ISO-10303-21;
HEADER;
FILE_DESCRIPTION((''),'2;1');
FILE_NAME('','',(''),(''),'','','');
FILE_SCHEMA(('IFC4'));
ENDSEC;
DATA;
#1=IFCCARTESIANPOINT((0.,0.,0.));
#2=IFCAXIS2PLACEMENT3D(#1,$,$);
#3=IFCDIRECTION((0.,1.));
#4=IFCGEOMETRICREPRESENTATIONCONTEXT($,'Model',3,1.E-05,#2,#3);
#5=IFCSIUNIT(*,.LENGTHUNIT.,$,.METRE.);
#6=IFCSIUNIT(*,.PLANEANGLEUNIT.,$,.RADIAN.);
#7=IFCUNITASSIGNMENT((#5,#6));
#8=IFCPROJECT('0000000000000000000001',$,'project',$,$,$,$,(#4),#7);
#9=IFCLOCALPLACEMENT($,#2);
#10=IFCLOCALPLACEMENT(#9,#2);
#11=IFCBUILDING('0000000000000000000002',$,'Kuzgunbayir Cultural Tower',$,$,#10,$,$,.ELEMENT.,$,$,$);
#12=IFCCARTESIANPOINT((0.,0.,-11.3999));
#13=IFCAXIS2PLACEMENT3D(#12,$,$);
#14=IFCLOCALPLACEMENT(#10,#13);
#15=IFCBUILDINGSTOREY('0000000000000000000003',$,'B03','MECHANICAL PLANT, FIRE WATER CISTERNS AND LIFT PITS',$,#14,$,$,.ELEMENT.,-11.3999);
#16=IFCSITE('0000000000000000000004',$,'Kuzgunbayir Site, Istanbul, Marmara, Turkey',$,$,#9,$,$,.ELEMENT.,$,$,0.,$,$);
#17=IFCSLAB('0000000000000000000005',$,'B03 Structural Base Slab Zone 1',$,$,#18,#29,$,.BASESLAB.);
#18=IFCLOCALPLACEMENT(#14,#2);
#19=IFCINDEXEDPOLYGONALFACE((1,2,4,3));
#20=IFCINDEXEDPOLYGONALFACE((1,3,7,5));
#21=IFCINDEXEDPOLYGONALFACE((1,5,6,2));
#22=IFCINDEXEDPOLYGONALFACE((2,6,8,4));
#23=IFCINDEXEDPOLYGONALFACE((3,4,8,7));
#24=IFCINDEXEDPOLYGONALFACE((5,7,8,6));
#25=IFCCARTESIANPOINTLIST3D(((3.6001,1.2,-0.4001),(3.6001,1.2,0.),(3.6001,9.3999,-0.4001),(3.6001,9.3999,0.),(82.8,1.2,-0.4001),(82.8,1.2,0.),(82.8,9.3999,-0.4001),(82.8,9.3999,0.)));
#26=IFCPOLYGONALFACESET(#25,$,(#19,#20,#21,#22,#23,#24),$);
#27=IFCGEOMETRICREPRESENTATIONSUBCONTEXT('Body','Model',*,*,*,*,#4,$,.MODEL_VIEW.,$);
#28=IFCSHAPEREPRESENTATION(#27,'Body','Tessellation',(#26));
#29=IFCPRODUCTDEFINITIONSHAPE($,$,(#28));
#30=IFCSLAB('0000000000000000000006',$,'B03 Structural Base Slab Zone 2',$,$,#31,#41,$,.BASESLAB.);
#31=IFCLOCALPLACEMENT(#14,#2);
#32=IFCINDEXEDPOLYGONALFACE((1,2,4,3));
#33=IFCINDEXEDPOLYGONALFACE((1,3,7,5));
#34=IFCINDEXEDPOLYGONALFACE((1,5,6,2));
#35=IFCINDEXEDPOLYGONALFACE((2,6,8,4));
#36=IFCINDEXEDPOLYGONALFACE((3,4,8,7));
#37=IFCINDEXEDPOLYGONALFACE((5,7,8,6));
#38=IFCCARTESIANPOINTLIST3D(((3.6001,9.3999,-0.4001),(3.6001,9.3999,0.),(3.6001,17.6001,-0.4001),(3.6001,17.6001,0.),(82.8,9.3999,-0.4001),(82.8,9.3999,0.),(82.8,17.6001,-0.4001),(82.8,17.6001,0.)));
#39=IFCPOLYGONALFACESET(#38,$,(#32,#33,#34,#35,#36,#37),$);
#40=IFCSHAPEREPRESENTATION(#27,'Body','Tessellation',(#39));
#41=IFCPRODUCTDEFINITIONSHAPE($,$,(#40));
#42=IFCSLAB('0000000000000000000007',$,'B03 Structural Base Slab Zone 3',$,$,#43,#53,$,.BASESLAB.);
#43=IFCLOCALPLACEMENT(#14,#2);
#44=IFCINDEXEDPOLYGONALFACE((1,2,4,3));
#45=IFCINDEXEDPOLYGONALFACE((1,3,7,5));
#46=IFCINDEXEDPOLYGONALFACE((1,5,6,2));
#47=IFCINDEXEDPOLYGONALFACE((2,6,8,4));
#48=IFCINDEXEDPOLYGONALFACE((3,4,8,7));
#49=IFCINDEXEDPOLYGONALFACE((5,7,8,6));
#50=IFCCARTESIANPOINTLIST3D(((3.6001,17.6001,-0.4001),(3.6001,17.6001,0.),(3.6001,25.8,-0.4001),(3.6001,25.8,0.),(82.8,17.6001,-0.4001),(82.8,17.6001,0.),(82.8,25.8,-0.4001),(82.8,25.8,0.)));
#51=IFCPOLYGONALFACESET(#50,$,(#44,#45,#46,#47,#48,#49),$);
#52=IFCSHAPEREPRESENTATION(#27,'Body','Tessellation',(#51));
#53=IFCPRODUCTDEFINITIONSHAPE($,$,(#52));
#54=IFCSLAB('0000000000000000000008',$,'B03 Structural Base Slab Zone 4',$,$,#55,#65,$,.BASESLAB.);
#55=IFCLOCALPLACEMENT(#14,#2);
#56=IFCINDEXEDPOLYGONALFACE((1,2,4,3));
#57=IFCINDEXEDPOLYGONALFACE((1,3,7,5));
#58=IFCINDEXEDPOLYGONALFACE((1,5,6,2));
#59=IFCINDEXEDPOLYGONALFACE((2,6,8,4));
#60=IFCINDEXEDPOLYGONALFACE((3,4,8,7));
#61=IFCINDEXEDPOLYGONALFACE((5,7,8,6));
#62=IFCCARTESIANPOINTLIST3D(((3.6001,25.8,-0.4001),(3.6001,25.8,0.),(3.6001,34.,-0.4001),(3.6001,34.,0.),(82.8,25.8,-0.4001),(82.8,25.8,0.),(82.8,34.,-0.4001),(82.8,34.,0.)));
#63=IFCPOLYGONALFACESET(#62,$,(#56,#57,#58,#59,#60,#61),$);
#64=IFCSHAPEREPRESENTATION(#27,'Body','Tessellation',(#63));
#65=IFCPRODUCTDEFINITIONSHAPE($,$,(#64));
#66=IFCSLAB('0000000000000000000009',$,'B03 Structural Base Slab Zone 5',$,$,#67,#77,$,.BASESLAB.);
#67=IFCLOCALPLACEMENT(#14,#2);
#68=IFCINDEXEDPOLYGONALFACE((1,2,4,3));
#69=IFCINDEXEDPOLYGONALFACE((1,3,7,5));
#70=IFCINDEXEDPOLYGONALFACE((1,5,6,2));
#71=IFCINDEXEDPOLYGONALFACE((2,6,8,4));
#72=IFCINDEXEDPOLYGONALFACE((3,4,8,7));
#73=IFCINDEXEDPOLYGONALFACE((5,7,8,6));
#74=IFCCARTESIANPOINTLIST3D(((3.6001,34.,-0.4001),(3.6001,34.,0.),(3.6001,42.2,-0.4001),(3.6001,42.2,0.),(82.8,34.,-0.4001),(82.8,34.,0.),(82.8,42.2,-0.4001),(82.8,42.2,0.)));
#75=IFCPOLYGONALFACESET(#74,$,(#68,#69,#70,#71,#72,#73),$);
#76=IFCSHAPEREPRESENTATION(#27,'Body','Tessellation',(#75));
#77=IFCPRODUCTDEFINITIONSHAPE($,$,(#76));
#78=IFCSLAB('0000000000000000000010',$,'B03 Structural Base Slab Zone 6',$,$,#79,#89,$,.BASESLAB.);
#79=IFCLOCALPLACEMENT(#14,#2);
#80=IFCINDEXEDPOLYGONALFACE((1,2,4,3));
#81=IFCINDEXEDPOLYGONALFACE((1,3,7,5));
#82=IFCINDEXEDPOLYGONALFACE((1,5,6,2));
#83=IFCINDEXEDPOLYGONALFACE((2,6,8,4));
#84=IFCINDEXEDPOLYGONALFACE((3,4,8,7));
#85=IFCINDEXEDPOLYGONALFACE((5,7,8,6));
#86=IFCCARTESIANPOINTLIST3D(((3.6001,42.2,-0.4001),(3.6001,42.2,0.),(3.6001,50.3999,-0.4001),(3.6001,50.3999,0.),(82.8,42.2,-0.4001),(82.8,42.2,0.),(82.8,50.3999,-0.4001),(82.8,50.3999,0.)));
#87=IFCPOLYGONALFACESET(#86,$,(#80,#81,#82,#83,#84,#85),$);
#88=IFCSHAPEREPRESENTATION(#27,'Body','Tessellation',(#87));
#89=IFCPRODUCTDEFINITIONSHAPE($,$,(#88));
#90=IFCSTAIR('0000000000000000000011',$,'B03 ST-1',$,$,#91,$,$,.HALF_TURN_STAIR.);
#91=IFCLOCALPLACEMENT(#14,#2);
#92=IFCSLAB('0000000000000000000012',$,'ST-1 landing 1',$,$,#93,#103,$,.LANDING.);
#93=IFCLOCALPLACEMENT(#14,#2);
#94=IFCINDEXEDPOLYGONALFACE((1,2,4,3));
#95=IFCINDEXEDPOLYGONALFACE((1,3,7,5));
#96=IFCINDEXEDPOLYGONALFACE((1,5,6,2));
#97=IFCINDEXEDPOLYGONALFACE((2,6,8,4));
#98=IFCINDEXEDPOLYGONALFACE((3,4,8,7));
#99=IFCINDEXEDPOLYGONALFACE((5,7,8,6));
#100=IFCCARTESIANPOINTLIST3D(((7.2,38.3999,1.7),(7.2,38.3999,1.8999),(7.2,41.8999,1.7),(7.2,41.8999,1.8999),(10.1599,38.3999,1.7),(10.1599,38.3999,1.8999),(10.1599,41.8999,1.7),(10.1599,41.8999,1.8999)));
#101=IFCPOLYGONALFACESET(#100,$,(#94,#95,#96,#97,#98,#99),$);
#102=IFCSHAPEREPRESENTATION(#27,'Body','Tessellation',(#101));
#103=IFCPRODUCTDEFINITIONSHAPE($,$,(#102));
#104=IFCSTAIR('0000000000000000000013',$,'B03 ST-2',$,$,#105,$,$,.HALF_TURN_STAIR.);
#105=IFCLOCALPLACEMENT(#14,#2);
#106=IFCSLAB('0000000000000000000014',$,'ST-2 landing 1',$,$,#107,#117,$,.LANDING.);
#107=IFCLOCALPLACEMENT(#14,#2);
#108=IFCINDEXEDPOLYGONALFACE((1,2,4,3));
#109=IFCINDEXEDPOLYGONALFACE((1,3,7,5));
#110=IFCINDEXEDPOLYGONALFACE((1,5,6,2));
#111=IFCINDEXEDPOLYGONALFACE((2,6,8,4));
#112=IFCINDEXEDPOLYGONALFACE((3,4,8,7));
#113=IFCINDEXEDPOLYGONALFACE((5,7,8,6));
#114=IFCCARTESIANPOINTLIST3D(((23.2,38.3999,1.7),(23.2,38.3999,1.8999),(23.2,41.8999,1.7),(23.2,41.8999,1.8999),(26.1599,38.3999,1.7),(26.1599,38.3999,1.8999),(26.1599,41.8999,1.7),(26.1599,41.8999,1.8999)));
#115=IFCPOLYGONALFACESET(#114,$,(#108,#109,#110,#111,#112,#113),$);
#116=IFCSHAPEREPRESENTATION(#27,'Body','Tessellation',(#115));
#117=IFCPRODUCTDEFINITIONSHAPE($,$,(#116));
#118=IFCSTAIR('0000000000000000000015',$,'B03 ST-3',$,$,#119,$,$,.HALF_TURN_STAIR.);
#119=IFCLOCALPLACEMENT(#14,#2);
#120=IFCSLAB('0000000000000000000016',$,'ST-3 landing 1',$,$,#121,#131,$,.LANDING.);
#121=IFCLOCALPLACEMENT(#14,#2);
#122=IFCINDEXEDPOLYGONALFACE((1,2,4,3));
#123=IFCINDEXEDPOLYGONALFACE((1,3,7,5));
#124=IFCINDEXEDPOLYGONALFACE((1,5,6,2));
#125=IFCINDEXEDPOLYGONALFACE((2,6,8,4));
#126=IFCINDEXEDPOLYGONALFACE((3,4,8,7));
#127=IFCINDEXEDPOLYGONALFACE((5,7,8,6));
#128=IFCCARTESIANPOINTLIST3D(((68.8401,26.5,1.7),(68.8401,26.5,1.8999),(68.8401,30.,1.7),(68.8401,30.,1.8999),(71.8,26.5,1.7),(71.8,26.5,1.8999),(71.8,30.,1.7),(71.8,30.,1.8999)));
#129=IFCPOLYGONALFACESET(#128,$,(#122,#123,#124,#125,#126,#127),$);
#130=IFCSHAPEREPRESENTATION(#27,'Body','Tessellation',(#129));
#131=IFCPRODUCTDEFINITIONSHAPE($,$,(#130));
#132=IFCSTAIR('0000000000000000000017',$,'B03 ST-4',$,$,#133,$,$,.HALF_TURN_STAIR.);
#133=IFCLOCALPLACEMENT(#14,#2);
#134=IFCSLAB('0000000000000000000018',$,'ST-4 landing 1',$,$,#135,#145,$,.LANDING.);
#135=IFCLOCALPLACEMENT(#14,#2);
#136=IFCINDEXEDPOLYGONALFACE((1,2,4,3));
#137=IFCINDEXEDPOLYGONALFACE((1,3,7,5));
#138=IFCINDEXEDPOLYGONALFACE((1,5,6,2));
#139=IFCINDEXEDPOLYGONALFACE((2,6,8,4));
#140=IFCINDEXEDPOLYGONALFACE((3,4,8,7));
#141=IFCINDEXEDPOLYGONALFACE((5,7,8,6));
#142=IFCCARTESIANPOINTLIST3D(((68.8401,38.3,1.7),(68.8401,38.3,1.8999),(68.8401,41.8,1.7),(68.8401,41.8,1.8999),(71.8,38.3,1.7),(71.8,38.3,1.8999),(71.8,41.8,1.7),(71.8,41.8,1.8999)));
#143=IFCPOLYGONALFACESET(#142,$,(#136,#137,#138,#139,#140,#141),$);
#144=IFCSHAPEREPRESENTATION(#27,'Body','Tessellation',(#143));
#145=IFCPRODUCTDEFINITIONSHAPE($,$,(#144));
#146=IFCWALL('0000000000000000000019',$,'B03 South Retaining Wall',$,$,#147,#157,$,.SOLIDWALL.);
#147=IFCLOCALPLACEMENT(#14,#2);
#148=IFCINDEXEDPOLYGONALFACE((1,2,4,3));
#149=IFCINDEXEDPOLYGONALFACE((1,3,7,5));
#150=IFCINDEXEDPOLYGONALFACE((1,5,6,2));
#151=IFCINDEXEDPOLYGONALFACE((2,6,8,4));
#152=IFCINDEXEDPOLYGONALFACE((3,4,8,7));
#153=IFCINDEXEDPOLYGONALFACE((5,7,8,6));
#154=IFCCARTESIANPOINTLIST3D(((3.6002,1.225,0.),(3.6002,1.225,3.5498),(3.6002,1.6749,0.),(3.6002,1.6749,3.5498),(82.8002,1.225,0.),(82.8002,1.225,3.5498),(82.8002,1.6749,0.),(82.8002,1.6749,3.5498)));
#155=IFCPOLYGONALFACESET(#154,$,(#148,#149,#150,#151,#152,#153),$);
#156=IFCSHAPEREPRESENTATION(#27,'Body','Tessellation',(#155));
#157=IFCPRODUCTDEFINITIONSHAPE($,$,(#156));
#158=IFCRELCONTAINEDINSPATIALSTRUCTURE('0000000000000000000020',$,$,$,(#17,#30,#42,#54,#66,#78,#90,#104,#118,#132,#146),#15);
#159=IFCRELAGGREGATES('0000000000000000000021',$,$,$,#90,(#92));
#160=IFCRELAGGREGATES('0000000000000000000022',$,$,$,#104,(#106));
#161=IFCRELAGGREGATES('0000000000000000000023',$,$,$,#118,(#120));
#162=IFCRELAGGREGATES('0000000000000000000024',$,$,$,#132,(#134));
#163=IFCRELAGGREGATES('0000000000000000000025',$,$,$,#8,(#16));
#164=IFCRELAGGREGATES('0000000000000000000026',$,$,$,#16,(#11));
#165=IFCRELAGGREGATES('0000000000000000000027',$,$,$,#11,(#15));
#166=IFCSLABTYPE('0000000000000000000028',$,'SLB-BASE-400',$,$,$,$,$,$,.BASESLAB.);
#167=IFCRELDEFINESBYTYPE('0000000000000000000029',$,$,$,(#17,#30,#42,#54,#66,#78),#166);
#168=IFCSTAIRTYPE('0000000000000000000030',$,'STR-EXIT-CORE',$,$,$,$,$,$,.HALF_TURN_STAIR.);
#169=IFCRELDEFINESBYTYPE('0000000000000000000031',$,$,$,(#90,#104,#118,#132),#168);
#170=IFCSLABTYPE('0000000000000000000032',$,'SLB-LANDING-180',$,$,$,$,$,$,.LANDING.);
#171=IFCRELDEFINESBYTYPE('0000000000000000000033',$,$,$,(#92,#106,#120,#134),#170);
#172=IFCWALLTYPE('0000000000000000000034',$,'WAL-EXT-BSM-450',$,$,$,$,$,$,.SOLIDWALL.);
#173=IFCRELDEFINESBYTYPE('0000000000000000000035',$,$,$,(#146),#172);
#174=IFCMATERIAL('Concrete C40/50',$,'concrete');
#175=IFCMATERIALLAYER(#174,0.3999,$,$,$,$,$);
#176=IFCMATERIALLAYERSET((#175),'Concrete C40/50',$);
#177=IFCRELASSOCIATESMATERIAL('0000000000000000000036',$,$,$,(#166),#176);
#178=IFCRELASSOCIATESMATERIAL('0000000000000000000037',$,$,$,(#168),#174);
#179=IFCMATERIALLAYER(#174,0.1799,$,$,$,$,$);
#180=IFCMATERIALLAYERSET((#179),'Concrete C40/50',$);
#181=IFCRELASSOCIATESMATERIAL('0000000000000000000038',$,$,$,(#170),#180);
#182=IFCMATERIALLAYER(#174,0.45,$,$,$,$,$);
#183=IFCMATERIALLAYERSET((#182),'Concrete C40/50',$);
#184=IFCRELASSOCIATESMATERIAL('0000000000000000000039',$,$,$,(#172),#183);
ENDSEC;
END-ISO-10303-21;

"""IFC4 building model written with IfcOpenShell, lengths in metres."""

from ifc_helpers import new_model, si_unit, direction, frame, frame_2d, origin, place, context, subcontext, project, spatial, polyline, rectangle, outline, extrude, material, layer, layer_set, type_object, element, aggregate, save


model = new_model("IFC4")

# Units and contexts
model_context = context("Model", 3, precision=1e-05, world=origin(), true_north=direction((0.0, 1.0)))
body_context = subcontext(model_context, "Body", "Model", "MODEL_VIEW")
ifc_project = project(units=[si_unit("LENGTHUNIT", "METRE"), si_unit("PLANEANGLEUNIT", "RADIAN")], contexts=[model_context])

# Site, building, storey
site_placement = place(None, origin())
site = spatial("IfcSite", under=ifc_project, at=site_placement, Name="Kuzgunbayir Site, Istanbul, Marmara, Turkey", CompositionType="ELEMENT", RefElevation=0.0)
building_placement = place(site_placement, origin())
building = spatial("IfcBuilding", under=site, at=building_placement, Name="Kuzgunbayir Cultural Tower", CompositionType="ELEMENT")
storey_placement = place(building_placement, frame((0.0, 0.0, -11.3999)))
storey = spatial("IfcBuildingStorey", under=building, at=storey_placement, Name="B03", Description="MECHANICAL PLANT, FIRE WATER CISTERNS AND LIFT PITS", CompositionType="ELEMENT", Elevation=-11.3999)

# Shared definitions
ifc_material_1 = material(Name="Concrete C40/50", Category="concrete")

# Slabs
ifc_layer_1 = layer(ifc_material_1, 0.3999)
ifc_layer_set_1 = layer_set([ifc_layer_1], Name="Concrete C40/50")
slab_type_1 = type_object("IfcSlabType", Name="SLB-BASE-400", PredefinedType="BASESLAB", material=ifc_layer_set_1)
slab_1_placement = place(storey_placement, frame((0.0, 0.0, -0.4001)))
element("IfcSlab", 1, at=slab_1_placement, inside=storey, type_object=slab_type_1, Name="B03 Structural Base Slab Zone 1", PredefinedType="BASESLAB", context=body_context, shape_type="SweptSolid", body=[
    extrude(outline(polyline([(3.6001, 1.2), (82.8, 1.2), (82.8, 9.3999), (3.6001, 9.3999), (3.6001, 1.2)])), origin(), (0.0, 0.0, 1.0), 0.4001),
])
slab_2_placement = place(storey_placement, frame((0.0, 0.0, -0.4001)))
element("IfcSlab", 2, at=slab_2_placement, inside=storey, type_object=slab_type_1, Name="B03 Structural Base Slab Zone 2", PredefinedType="BASESLAB", context=body_context, shape_type="SweptSolid", body=[
    extrude(outline(polyline([(3.6001, 9.3999), (82.8, 9.3999), (82.8, 17.6001), (3.6001, 17.6001), (3.6001, 9.3999)])), origin(), (0.0, 0.0, 1.0), 0.4001),
])
slab_3_placement = place(storey_placement, frame((0.0, 0.0, -0.4001)))
element("IfcSlab", 3, at=slab_3_placement, inside=storey, type_object=slab_type_1, Name="B03 Structural Base Slab Zone 3", PredefinedType="BASESLAB", context=body_context, shape_type="SweptSolid", body=[
    extrude(outline(polyline([(3.6001, 17.6001), (82.8, 17.6001), (82.8, 25.8), (3.6001, 25.8), (3.6001, 17.6001)])), origin(), (0.0, 0.0, 1.0), 0.4001),
])
slab_4_placement = place(storey_placement, frame((0.0, 0.0, -0.4001)))
element("IfcSlab", 4, at=slab_4_placement, inside=storey, type_object=slab_type_1, Name="B03 Structural Base Slab Zone 4", PredefinedType="BASESLAB", context=body_context, shape_type="SweptSolid", body=[
    extrude(outline(polyline([(3.6001, 25.8), (82.8, 25.8), (82.8, 34.0), (3.6001, 34.0), (3.6001, 25.8)])), origin(), (0.0, 0.0, 1.0), 0.4001),
])
slab_5_placement = place(storey_placement, frame((0.0, 0.0, -0.4001)))
element("IfcSlab", 5, at=slab_5_placement, inside=storey, type_object=slab_type_1, Name="B03 Structural Base Slab Zone 5", PredefinedType="BASESLAB", context=body_context, shape_type="SweptSolid", body=[
    extrude(outline(polyline([(3.6001, 34.0), (82.8, 34.0), (82.8, 42.2), (3.6001, 42.2), (3.6001, 34.0)])), origin(), (0.0, 0.0, 1.0), 0.4001),
])
slab_6_placement = place(storey_placement, frame((0.0, 0.0, -0.4001)))
element("IfcSlab", 6, at=slab_6_placement, inside=storey, type_object=slab_type_1, Name="B03 Structural Base Slab Zone 6", PredefinedType="BASESLAB", context=body_context, shape_type="SweptSolid", body=[
    extrude(outline(polyline([(3.6001, 42.2), (82.8, 42.2), (82.8, 50.3999), (3.6001, 50.3999), (3.6001, 42.2)])), origin(), (0.0, 0.0, 1.0), 0.4001),
])

# Stairs, slabs
stair_type = type_object("IfcStairType", Name="STR-EXIT-CORE", PredefinedType="HALF_TURN_STAIR", material=ifc_material_1)
stair_1_placement = place(storey_placement, origin())
stair_1 = element("IfcStair", 7, at=stair_1_placement, inside=storey, type_object=stair_type, Name="B03 ST-1", PredefinedType="HALF_TURN_STAIR")
ifc_layer_2 = layer(ifc_material_1, 0.1799)
ifc_layer_set_2 = layer_set([ifc_layer_2], Name="Concrete C40/50")
slab_type_2 = type_object("IfcSlabType", Name="SLB-LANDING-180", PredefinedType="LANDING", material=ifc_layer_set_2)
slab_7_placement = place(storey_placement, frame((0.0, 0.0, 1.7)))
slab_7 = element("IfcSlab", 8, at=slab_7_placement, type_object=slab_type_2, Name="ST-1 landing 1", PredefinedType="LANDING", context=body_context, shape_type="SweptSolid", body=[
    extrude(outline(polyline([(10.1599, 38.3999), (10.1599, 41.8999), (7.2, 41.8999), (7.2, 38.3999), (10.1599, 38.3999)])), origin(), (0.0, 0.0, 1.0), 0.2),
])
aggregate(stair_1, [slab_7])
stair_2_placement = place(storey_placement, origin())
stair_2 = element("IfcStair", 9, at=stair_2_placement, inside=storey, type_object=stair_type, Name="B03 ST-2", PredefinedType="HALF_TURN_STAIR")
slab_8_placement = place(storey_placement, frame((0.0, 0.0, 1.7)))
slab_8 = element("IfcSlab", 10, at=slab_8_placement, type_object=slab_type_2, Name="ST-2 landing 1", PredefinedType="LANDING", context=body_context, shape_type="SweptSolid", body=[
    extrude(outline(polyline([(26.1599, 38.3999), (26.1599, 41.8999), (23.2, 41.8999), (23.2, 38.3999), (26.1599, 38.3999)])), origin(), (0.0, 0.0, 1.0), 0.2),
])
aggregate(stair_2, [slab_8])
stair_3_placement = place(storey_placement, origin())
stair_3 = element("IfcStair", 11, at=stair_3_placement, inside=storey, type_object=stair_type, Name="B03 ST-3", PredefinedType="HALF_TURN_STAIR")
slab_9_placement = place(storey_placement, frame((0.0, 0.0, 1.7)))
slab_9 = element("IfcSlab", 12, at=slab_9_placement, type_object=slab_type_2, Name="ST-3 landing 1", PredefinedType="LANDING", context=body_context, shape_type="SweptSolid", body=[
    extrude(outline(polyline([(71.8, 26.5), (71.8, 30.0), (68.8401, 30.0), (68.8401, 26.5), (71.8, 26.5)])), origin(), (0.0, 0.0, 1.0), 0.2),
])
aggregate(stair_3, [slab_9])
stair_4_placement = place(storey_placement, origin())
stair_4 = element("IfcStair", 13, at=stair_4_placement, inside=storey, type_object=stair_type, Name="B03 ST-4", PredefinedType="HALF_TURN_STAIR")
slab_10_placement = place(storey_placement, frame((0.0, 0.0, 1.7)))
slab_10 = element("IfcSlab", 14, at=slab_10_placement, type_object=slab_type_2, Name="ST-4 landing 1", PredefinedType="LANDING", context=body_context, shape_type="SweptSolid", body=[
    extrude(outline(polyline([(71.8, 38.3), (71.8, 41.8), (68.8401, 41.8), (68.8401, 38.3), (71.8, 38.3)])), origin(), (0.0, 0.0, 1.0), 0.2),
])
aggregate(stair_4, [slab_10])

# Wall
ifc_layer_3 = layer(ifc_material_1, 0.45)
ifc_layer_set_3 = layer_set([ifc_layer_3], Name="Concrete C40/50")
wall_type = type_object("IfcWallType", Name="WAL-EXT-BSM-450", PredefinedType="SOLIDWALL", material=ifc_layer_set_3)
wall_placement = place(storey_placement, frame((3.6001, 1.45, 0.0), z_axis=(0.0, 0.0, 1.0), x_axis=(1.0, 0.0, 0.0)))
element("IfcWall", 15, at=wall_placement, inside=storey, type_object=wall_type, Name="B03 South Retaining Wall", PredefinedType="SOLIDWALL", context=body_context, shape_type="SweptSolid", body=[
    extrude(rectangle(XDim=79.2, YDim=0.45, at=frame_2d((39.6001, 0.0))), origin(), (0.0, 0.0, 1.0), 3.5498),
])

save(model, "model.ifc")
